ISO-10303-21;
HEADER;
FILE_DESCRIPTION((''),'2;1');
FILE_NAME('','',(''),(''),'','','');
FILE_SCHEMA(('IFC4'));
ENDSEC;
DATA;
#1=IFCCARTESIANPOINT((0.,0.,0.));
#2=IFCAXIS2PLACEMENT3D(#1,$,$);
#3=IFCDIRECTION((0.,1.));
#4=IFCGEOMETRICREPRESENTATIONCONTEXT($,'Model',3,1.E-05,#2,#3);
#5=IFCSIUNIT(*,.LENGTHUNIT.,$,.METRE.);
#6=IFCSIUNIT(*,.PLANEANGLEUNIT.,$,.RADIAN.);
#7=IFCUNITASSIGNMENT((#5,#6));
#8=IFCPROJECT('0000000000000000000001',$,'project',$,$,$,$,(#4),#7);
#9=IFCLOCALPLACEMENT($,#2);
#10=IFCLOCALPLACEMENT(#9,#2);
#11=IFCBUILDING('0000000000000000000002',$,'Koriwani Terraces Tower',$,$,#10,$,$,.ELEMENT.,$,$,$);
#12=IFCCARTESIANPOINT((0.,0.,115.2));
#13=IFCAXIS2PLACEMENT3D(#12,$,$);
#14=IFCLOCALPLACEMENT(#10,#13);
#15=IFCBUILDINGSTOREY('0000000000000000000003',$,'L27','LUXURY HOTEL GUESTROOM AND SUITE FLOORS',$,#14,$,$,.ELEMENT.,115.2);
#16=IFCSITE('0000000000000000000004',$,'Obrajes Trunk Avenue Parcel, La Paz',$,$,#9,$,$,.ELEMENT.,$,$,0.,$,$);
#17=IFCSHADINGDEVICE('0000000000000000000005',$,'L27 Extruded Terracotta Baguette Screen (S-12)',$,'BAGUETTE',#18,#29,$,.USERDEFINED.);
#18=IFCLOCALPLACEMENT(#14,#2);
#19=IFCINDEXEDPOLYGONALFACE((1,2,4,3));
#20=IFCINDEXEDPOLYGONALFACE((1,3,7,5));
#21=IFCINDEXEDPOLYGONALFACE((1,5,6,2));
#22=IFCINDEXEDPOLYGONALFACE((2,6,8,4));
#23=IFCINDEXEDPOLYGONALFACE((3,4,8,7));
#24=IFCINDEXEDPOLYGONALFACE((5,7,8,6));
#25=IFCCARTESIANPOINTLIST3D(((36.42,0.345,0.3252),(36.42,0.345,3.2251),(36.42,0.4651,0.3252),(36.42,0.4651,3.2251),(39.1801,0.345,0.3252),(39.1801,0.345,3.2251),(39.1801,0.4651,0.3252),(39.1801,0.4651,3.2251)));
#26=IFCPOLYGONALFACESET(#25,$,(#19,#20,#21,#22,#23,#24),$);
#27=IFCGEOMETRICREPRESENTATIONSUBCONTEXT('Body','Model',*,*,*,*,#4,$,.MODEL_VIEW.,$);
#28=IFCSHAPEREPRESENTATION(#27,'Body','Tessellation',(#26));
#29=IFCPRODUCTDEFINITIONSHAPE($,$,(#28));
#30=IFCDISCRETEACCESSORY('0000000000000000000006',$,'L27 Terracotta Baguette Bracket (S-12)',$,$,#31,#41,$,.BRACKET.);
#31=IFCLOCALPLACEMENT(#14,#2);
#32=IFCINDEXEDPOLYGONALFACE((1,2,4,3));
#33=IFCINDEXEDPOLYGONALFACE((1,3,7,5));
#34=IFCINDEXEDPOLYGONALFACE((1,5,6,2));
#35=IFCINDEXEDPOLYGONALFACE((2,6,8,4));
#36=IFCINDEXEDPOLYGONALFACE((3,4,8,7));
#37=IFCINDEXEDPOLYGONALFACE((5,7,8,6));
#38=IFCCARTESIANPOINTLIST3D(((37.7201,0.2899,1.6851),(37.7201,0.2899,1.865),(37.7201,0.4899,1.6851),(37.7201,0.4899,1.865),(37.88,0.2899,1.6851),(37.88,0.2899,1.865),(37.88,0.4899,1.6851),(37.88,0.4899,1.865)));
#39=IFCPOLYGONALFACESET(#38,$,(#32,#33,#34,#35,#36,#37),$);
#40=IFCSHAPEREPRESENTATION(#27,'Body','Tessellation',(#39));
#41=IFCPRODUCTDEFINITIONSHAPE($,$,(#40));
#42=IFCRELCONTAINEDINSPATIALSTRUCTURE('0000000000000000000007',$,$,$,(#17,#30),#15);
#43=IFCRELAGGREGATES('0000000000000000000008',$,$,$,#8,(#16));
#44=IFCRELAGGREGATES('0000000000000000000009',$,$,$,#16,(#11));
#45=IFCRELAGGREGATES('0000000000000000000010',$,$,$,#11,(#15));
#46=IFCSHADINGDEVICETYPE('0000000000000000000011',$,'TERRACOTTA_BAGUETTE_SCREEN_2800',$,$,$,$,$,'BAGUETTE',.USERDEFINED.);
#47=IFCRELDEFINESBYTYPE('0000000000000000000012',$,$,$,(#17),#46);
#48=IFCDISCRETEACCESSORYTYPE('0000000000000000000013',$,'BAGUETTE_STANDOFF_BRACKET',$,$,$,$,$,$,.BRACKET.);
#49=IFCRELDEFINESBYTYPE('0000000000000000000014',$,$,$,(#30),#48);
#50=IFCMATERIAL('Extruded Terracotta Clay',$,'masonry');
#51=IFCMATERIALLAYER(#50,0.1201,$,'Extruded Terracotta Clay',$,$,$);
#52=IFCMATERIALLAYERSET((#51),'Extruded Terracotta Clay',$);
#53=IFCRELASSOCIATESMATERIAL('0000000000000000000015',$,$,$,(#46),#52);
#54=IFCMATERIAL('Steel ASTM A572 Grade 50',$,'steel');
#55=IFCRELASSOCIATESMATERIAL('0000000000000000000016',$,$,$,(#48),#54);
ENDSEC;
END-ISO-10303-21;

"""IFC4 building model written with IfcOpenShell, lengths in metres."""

from ifc_helpers import new_model, si_unit, direction, frame, origin, origin_2d, place, context, subcontext, project, spatial, rectangle, extrude, material, layer, layer_set, type_object, element, save


model = new_model("IFC4")

# Units and contexts
model_context = context("Model", 3, precision=1e-05, world=origin(), true_north=direction((0.0, 1.0)))
body_context = subcontext(model_context, "Body", "Model", "MODEL_VIEW")
ifc_project = project(units=[si_unit("LENGTHUNIT", "METRE"), si_unit("PLANEANGLEUNIT", "RADIAN")], contexts=[model_context])

# Site, building, storey
site_placement = place(None, origin())
site = spatial("IfcSite", under=ifc_project, at=site_placement, Name="Obrajes Trunk Avenue Parcel, La Paz", CompositionType="ELEMENT", RefElevation=0.0)
building_placement = place(site_placement, origin())
building = spatial("IfcBuilding", under=site, at=building_placement, Name="Koriwani Terraces Tower", CompositionType="ELEMENT")
storey_placement = place(building_placement, frame((0.0, 0.0, 115.2)))
storey = spatial("IfcBuildingStorey", under=building, at=storey_placement, Name="L27", Description="LUXURY HOTEL GUESTROOM AND SUITE FLOORS", CompositionType="ELEMENT", Elevation=115.2)

# Shared definitions
ifc_material_1 = material(Name="Steel ASTM A572 Grade 50", Category="steel")

# Shading device
ifc_material_2 = material(Name="Extruded Terracotta Clay", Category="masonry")
ifc_layer_1 = layer(ifc_material_2, 0.1201, Name="Extruded Terracotta Clay")
ifc_layer_set_1 = layer_set([ifc_layer_1], Name="Extruded Terracotta Clay")
shading_device_type = type_object("IfcShadingDeviceType", Name="TERRACOTTA_BAGUETTE_SCREEN_2800", ElementType="BAGUETTE", PredefinedType="USERDEFINED", material=ifc_layer_set_1)
shading_device_placement = place(storey_placement, frame((37.8, 0.405, 0.3252), z_axis=(0.0, 0.0, 1.0), x_axis=(-1.0, 0.0, 0.0)))
element("IfcShadingDevice", 1, at=shading_device_placement, inside=storey, type_object=shading_device_type, Name="L27 Extruded Terracotta Baguette Screen (S-12)", ObjectType="BAGUETTE", PredefinedType="USERDEFINED", context=body_context, shape_type="SweptSolid", body=[
    extrude(rectangle(XDim=2.76, YDim=0.1201, at=origin_2d()), origin(), (0.0, 0.0, 1.0), 2.8999),
])

# Discrete accessory
discrete_accessory_type = type_object("IfcDiscreteAccessoryType", Name="BAGUETTE_STANDOFF_BRACKET", PredefinedType="BRACKET", material=ifc_material_1)
discrete_accessory_placement = place(storey_placement, frame((37.8, 0.3899, 1.6851), z_axis=(0.0, 0.0, 1.0), x_axis=(-1.0, 0.0, 0.0)))
element("IfcDiscreteAccessory", 2, at=discrete_accessory_placement, inside=storey, type_object=discrete_accessory_type, Name="L27 Terracotta Baguette Bracket (S-12)", PredefinedType="BRACKET", context=body_context, shape_type="SweptSolid", body=[
    extrude(rectangle(XDim=0.1599, YDim=0.2, at=origin_2d()), origin(), (0.0, 0.0, 1.0), 0.1799),
])

save(model, "model.ifc")
